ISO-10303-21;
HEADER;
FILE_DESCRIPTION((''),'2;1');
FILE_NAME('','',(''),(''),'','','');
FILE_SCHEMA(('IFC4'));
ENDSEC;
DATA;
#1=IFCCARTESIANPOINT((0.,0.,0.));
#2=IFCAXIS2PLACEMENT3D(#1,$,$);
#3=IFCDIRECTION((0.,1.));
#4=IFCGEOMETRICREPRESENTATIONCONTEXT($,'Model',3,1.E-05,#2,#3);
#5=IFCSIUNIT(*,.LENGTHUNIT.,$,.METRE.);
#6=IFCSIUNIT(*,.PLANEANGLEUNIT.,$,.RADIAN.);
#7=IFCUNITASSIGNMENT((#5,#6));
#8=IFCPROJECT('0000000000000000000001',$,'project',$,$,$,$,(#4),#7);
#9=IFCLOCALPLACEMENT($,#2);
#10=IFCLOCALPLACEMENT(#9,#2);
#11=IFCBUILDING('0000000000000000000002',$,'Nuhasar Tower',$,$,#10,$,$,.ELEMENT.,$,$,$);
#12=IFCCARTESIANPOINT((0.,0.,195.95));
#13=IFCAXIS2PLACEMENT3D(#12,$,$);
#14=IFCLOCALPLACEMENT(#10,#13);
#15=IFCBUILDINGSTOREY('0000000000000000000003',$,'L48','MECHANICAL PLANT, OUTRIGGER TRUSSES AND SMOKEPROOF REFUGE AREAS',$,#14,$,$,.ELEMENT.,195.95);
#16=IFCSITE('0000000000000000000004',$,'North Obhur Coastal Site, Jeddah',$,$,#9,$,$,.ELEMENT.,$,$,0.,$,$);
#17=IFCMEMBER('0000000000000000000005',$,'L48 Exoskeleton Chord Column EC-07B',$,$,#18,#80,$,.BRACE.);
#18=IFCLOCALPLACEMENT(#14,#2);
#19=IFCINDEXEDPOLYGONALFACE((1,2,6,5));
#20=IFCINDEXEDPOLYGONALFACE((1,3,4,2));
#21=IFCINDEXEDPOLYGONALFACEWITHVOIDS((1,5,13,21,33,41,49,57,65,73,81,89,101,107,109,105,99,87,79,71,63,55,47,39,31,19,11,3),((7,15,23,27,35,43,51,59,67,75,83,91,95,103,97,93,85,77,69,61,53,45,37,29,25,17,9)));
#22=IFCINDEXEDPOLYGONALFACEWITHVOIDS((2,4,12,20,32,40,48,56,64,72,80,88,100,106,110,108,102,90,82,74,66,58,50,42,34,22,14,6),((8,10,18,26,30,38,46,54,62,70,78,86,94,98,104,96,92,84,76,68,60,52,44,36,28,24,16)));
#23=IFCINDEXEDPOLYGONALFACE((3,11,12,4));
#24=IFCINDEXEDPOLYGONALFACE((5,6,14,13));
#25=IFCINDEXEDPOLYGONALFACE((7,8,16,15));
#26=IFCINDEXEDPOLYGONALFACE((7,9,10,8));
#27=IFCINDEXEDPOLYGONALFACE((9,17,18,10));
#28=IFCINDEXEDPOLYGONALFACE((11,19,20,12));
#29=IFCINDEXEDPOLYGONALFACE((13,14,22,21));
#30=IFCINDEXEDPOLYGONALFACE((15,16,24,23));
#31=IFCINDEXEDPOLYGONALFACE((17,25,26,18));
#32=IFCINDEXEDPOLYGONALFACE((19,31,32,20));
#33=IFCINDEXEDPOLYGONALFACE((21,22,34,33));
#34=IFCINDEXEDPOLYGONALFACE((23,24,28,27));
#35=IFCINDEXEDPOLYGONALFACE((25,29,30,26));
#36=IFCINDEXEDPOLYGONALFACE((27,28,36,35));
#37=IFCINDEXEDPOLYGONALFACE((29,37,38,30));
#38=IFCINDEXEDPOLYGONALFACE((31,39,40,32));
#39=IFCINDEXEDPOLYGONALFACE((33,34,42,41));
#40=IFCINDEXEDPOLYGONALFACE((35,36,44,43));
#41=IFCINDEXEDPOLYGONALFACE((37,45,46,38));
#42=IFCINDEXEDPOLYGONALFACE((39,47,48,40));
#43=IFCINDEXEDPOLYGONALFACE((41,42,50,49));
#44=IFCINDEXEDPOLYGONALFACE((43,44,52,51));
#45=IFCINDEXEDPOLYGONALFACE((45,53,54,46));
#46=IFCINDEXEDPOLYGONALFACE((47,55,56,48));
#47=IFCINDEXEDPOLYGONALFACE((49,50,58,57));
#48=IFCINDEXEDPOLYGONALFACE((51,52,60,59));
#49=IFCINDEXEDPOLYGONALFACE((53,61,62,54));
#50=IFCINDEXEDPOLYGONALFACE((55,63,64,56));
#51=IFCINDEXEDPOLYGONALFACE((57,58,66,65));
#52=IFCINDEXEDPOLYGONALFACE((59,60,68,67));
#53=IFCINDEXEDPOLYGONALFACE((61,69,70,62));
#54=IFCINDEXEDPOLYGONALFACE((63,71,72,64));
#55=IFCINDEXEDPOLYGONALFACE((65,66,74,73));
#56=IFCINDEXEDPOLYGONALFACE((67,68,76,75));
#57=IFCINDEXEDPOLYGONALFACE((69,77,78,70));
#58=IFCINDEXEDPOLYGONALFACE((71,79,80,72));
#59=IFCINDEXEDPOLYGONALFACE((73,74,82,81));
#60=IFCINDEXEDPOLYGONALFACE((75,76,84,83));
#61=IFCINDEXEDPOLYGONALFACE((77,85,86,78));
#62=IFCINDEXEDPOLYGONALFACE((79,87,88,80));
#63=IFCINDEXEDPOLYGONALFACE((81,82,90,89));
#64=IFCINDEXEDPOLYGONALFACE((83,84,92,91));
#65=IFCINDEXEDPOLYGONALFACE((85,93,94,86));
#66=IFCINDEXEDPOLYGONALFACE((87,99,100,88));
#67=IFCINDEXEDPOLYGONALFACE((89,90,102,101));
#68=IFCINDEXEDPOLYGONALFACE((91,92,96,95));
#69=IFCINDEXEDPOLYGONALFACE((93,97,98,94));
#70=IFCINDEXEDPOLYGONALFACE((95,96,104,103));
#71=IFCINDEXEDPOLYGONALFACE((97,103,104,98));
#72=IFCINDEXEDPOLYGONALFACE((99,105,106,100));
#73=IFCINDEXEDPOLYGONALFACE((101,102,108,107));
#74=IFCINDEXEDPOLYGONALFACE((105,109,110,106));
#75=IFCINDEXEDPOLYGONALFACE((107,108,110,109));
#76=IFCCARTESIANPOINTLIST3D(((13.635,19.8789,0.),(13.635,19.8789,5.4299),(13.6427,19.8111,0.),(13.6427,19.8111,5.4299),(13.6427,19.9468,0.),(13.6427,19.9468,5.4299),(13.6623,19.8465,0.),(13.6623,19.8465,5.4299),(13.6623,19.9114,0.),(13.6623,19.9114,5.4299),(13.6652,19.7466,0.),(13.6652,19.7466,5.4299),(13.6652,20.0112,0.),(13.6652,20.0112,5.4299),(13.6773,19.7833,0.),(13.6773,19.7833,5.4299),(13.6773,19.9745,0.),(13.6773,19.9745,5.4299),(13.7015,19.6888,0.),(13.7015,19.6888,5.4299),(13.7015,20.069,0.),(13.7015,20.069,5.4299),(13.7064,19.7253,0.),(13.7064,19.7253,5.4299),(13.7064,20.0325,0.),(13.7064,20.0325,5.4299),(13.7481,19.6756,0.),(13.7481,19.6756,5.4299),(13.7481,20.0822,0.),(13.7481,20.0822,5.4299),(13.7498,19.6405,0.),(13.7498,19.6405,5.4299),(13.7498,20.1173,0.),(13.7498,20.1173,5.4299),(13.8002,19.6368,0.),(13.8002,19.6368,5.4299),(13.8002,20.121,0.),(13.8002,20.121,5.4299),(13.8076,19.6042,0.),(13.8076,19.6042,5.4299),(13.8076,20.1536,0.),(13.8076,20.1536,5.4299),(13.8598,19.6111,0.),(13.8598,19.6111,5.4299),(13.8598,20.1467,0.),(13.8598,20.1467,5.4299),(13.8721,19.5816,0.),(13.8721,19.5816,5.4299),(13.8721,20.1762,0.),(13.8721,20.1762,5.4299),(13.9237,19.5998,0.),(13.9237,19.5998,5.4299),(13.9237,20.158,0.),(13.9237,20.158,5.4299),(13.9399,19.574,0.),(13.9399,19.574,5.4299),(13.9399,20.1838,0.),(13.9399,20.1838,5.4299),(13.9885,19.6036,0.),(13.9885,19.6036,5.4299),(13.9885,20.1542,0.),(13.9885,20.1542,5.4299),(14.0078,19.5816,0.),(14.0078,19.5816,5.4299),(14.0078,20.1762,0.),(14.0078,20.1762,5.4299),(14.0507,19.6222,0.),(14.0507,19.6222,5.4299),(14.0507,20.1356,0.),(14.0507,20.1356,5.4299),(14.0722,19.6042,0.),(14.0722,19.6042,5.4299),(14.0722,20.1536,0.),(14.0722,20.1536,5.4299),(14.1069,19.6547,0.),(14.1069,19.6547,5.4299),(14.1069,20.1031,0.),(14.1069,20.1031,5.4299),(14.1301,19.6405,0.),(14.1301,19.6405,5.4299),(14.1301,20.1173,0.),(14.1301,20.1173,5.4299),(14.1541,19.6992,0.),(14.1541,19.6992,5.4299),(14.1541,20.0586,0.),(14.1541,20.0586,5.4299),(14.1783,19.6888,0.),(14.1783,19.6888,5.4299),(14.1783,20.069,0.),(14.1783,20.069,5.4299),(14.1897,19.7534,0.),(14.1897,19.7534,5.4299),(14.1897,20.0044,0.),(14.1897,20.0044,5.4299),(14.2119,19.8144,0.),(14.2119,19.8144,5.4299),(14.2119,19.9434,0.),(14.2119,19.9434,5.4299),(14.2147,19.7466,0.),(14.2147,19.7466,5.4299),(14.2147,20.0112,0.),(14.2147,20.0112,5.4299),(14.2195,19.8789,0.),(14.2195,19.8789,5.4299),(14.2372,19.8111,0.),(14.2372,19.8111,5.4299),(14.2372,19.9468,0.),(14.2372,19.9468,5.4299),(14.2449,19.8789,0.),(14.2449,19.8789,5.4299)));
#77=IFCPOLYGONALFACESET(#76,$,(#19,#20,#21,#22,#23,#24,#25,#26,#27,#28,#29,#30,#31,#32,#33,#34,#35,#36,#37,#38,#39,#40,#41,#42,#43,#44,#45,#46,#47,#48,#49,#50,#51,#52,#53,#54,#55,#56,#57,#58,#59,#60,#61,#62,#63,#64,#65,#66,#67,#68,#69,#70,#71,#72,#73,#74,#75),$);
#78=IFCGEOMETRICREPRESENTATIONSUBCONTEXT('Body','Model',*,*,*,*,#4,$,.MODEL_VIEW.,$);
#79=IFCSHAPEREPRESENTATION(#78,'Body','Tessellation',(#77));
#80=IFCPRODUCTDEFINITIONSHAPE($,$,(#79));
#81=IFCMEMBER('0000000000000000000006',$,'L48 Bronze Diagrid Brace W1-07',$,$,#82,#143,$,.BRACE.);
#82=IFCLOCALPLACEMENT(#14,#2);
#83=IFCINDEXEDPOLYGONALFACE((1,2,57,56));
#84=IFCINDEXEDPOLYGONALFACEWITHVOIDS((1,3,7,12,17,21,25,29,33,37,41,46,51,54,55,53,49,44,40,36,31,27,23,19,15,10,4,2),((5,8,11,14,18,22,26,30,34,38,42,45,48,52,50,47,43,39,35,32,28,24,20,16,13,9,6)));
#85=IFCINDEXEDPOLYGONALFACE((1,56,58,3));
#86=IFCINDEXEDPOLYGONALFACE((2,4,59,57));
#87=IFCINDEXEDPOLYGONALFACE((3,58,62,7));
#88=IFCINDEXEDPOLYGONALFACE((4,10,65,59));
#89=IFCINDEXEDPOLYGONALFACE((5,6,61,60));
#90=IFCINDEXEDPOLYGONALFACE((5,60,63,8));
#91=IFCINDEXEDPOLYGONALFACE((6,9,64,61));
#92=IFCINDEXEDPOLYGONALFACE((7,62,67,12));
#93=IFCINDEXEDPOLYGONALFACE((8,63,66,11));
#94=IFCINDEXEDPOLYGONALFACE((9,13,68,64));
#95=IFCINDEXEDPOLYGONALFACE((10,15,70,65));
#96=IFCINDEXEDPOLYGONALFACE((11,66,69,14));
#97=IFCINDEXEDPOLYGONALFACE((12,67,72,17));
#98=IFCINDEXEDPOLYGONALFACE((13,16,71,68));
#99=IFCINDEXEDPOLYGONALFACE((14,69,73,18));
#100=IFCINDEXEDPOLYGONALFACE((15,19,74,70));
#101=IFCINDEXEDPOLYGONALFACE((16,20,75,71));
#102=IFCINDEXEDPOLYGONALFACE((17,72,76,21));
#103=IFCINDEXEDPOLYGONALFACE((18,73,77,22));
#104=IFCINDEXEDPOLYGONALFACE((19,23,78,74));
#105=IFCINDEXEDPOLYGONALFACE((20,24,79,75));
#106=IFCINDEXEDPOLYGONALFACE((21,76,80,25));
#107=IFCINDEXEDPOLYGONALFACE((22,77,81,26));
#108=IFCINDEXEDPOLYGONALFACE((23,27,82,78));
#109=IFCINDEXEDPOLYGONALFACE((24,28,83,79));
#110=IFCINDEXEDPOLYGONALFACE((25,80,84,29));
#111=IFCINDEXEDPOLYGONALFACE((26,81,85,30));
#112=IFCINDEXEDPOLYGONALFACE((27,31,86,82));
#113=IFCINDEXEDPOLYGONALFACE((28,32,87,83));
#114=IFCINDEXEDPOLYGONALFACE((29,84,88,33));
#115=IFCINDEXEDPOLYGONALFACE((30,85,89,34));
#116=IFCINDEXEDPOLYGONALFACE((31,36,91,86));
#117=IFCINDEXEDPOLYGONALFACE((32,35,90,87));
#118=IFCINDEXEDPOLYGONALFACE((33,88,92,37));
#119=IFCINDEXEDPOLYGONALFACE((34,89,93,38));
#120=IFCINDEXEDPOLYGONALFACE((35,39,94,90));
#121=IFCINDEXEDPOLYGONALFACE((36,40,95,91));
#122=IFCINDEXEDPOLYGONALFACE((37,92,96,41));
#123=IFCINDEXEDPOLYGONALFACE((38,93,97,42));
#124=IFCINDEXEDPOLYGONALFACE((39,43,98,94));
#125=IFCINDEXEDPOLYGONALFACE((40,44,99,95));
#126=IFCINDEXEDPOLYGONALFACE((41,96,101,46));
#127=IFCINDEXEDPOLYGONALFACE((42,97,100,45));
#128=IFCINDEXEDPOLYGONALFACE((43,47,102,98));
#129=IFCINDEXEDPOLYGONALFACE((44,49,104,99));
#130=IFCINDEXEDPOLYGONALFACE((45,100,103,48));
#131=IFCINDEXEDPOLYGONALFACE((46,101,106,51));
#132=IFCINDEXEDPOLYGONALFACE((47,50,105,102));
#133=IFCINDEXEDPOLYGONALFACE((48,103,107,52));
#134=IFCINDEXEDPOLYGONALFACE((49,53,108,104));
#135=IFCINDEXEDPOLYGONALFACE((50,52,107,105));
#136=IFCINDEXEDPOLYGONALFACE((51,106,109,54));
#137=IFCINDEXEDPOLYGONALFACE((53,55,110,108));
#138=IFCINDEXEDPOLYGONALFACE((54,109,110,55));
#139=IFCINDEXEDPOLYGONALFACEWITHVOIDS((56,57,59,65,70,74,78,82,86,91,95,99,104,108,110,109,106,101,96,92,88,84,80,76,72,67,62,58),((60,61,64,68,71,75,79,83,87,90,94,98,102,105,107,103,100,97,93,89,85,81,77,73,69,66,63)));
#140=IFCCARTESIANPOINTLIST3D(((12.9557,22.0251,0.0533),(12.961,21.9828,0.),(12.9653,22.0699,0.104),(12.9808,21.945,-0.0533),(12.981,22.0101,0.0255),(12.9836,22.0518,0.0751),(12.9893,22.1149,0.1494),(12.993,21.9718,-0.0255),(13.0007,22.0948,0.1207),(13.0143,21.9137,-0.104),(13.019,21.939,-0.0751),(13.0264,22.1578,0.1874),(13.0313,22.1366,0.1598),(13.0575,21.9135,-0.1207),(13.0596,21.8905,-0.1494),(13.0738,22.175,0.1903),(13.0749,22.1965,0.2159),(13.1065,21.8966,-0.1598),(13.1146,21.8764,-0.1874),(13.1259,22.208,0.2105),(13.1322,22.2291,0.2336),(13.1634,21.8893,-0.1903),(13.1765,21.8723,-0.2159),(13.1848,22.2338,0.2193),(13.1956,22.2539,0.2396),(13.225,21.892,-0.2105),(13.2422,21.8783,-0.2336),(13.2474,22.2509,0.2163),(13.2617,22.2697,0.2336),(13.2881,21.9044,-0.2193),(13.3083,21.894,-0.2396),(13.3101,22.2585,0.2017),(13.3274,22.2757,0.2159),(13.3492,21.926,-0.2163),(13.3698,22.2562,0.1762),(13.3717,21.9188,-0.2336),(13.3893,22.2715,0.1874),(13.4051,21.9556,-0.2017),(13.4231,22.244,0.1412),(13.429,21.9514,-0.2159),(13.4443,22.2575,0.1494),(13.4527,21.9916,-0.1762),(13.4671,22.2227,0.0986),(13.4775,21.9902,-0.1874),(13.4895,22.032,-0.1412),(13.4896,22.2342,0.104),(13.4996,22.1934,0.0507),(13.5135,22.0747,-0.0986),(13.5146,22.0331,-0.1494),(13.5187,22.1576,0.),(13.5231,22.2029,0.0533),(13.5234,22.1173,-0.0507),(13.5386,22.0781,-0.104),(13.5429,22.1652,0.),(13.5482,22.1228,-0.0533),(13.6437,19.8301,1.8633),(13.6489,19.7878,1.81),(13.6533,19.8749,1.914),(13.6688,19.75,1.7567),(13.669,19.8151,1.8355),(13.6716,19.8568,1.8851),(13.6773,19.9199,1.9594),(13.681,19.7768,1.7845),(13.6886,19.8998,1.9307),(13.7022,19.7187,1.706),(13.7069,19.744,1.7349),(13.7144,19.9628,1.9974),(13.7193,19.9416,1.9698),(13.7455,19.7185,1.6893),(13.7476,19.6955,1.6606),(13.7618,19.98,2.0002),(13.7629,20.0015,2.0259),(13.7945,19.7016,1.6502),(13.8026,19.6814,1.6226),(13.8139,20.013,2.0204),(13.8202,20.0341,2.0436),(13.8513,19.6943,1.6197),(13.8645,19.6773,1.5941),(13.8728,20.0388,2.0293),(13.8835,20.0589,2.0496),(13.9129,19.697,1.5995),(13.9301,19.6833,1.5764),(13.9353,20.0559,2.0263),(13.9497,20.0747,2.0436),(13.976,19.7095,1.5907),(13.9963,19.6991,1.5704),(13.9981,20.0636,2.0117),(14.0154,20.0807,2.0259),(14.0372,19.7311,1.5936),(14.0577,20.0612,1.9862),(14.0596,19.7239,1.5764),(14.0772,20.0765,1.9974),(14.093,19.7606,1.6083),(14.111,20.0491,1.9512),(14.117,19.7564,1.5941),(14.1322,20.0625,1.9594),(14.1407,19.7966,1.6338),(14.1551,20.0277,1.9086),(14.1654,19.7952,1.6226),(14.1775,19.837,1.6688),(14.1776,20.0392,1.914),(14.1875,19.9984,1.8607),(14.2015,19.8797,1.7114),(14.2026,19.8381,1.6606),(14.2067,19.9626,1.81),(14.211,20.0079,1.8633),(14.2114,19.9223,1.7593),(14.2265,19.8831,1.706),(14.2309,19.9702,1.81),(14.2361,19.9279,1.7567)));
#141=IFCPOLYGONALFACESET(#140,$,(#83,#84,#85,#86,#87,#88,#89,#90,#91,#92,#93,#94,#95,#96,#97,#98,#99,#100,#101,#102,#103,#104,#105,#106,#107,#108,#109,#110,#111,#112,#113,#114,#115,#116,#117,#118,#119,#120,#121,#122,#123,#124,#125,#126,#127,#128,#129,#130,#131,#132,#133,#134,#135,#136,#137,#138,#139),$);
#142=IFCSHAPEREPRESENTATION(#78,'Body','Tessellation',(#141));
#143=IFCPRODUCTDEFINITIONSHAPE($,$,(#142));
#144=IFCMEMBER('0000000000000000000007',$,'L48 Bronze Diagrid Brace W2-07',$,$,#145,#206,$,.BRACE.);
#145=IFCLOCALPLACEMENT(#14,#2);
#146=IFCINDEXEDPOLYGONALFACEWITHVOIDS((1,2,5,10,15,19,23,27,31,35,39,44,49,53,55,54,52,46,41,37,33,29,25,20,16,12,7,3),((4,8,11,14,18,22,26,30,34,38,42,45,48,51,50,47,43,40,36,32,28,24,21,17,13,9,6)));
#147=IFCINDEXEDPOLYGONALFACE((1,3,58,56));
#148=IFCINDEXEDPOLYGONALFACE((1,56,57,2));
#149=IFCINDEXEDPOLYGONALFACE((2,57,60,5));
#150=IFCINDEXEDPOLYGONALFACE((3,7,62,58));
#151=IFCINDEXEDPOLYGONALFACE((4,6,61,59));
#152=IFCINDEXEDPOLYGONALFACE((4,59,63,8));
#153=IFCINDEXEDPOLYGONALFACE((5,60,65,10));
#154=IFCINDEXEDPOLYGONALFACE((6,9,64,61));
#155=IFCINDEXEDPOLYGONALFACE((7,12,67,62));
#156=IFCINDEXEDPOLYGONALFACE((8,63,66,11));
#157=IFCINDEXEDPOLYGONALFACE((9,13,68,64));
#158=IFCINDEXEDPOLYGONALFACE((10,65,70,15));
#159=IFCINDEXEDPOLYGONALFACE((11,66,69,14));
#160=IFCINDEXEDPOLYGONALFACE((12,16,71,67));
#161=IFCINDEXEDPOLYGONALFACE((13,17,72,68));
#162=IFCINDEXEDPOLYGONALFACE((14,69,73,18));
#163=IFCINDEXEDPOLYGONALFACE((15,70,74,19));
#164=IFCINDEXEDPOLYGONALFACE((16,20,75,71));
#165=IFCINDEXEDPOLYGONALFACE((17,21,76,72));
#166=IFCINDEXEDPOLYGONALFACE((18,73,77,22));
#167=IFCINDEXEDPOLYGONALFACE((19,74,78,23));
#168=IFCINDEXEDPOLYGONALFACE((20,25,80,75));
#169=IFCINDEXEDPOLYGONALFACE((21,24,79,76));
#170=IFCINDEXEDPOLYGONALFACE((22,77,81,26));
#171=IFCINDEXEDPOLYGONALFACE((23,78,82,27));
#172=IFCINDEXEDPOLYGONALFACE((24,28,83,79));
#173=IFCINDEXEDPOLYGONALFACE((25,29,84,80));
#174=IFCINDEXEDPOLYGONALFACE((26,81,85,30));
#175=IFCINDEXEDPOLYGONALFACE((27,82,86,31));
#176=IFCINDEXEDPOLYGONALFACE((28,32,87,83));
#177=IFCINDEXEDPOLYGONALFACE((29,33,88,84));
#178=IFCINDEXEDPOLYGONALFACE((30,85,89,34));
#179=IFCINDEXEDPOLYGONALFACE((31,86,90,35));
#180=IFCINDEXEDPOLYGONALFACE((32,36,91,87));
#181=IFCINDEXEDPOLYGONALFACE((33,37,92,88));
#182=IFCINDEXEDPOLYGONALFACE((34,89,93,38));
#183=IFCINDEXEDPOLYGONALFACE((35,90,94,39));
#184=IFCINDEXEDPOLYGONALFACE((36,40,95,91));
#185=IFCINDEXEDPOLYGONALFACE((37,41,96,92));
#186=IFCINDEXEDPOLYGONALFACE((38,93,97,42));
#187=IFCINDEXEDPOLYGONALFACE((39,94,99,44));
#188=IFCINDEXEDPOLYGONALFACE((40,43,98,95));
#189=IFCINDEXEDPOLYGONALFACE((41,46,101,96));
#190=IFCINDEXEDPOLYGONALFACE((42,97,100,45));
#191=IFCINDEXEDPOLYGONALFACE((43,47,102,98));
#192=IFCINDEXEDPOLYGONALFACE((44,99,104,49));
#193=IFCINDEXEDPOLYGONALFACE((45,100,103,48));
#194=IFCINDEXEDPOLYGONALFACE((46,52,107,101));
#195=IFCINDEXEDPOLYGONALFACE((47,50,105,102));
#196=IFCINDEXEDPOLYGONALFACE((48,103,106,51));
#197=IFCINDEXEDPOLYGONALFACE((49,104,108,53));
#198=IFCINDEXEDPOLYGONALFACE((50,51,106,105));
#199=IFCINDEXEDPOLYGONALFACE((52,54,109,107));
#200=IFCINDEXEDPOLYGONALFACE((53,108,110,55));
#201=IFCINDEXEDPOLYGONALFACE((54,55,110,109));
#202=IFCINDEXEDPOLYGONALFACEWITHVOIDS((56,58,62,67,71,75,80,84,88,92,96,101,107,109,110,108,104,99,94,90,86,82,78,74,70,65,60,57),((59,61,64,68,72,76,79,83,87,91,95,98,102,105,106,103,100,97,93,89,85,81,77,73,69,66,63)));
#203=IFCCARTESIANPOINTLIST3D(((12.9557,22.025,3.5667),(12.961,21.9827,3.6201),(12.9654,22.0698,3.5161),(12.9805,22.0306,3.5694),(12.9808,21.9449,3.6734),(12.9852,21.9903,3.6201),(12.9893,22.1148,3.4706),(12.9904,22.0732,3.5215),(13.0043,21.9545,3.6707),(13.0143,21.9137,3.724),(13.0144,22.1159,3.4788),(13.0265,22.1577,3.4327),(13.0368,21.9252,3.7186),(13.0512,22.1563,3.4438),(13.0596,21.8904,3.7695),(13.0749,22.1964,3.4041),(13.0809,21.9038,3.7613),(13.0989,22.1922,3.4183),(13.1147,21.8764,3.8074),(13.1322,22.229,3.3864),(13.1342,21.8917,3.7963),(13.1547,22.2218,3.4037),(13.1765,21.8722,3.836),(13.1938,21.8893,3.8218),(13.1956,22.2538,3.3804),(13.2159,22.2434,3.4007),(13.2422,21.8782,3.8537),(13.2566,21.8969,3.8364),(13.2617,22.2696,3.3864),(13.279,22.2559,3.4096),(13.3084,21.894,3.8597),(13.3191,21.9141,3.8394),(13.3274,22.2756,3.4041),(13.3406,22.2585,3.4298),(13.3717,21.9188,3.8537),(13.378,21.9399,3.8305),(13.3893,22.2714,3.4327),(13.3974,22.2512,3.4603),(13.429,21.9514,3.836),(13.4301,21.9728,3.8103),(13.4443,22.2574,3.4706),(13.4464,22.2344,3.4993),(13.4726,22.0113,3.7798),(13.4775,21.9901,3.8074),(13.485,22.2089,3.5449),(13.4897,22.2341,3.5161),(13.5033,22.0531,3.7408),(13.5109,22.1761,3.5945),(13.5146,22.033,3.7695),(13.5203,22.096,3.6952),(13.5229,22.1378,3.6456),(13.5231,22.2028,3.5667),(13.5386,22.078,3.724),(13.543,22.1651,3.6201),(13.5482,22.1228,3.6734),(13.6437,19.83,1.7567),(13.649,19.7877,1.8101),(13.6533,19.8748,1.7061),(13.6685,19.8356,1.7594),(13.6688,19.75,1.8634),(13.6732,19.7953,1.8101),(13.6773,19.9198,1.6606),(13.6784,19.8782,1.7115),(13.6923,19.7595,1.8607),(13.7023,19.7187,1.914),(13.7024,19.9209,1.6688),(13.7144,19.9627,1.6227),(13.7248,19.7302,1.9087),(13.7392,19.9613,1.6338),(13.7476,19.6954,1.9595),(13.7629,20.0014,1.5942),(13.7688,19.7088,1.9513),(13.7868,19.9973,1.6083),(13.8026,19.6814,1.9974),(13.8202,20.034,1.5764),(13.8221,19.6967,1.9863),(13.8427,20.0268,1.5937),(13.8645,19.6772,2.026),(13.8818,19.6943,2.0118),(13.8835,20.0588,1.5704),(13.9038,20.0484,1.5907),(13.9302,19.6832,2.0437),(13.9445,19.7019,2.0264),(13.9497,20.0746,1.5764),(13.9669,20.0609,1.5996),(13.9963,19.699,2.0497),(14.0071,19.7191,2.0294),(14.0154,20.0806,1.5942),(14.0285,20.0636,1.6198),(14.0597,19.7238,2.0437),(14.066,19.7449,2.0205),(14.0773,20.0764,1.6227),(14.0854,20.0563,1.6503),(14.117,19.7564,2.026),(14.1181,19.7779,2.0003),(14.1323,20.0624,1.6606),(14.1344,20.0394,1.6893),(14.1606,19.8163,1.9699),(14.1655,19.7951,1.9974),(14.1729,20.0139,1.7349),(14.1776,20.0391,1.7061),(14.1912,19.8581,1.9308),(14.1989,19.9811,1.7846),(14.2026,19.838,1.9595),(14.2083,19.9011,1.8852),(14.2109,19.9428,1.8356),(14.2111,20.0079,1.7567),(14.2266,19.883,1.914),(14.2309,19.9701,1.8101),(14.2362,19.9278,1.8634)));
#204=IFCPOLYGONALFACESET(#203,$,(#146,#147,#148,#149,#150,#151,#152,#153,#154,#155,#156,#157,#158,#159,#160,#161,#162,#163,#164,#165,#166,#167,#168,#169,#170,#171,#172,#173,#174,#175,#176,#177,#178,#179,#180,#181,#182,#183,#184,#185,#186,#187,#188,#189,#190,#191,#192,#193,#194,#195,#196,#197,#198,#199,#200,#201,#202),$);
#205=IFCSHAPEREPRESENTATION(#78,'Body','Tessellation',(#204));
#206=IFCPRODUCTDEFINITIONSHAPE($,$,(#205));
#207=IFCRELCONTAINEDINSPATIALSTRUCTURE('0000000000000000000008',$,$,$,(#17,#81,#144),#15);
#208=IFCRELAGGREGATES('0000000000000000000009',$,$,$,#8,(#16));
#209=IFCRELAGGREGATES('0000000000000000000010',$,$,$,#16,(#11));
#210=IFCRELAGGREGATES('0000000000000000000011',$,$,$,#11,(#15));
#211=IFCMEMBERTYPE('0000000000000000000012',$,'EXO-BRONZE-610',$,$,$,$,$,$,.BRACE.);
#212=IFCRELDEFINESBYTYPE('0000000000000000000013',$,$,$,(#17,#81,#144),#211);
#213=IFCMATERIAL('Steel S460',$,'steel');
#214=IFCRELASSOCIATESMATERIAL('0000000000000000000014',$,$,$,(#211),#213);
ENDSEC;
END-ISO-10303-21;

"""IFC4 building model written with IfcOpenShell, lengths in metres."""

from ifc_helpers import new_model, si_unit, direction, frame, origin, origin_2d, place, context, subcontext, project, spatial, hollow_circle, extrude, material, material_profile, profile_set, type_object, element, save


model = new_model("IFC4")

# Units and contexts
model_context = context("Model", 3, precision=1e-05, world=origin(), true_north=direction((0.0, 1.0)))
body_context = subcontext(model_context, "Body", "Model", "MODEL_VIEW")
ifc_project = project(units=[si_unit("LENGTHUNIT", "METRE"), si_unit("PLANEANGLEUNIT", "RADIAN")], contexts=[model_context])

# Site, building, storey
site_placement = place(None, origin())
site = spatial("IfcSite", under=ifc_project, at=site_placement, Name="North Obhur Coastal Site, Jeddah", CompositionType="ELEMENT", RefElevation=0.0)
building_placement = place(site_placement, origin())
building = spatial("IfcBuilding", under=site, at=building_placement, Name="Nuhasar Tower", CompositionType="ELEMENT")
storey_placement = place(building_placement, frame((0.0, 0.0, 195.95)))
storey = spatial("IfcBuildingStorey", under=building, at=storey_placement, Name="L48", Description="MECHANICAL PLANT, OUTRIGGER TRUSSES AND SMOKEPROOF REFUGE AREAS", CompositionType="ELEMENT", Elevation=195.95)

# Shared definitions
ifc_material_1 = material(Name="Steel S460", Category="steel")

# Members
ifc_material_profile_1 = material_profile(ifc_material_1, hollow_circle(Radius=0.3049, WallThickness=0.0254, at=origin_2d()), Name="HSS610X25.4")
ifc_profile_set_1 = profile_set([ifc_material_profile_1], Name="Steel S460")
member_type_1 = type_object("IfcMemberType", Name="EXO-BRONZE-610", PredefinedType="BRACE", material=ifc_profile_set_1)
for number, where, z_axis, x_axis, name in (
    (1, (13.9399, 19.8789, 0.0), (0.0, 0.0, 1.0), (1.0, 0.0, 0.0), "L48 Exoskeleton Chord Column EC-07B"),
):
    element("IfcMember", number, at=place(storey_placement, frame(where, z_axis=z_axis, x_axis=x_axis)), inside=storey, type_object=member_type_1, Name=name, PredefinedType="BRACE", context=body_context, shape_type="SweptSolid", body=[
        extrude(hollow_circle(Radius=0.3049, WallThickness=0.0254, at=origin_2d()), origin(), (0.0, 0.0, 1.0), 5.4299),
    ])
for number, where, z_axis, x_axis, name in (
    (2, (13.252, 22.074, 0.0), (0.23504, -0.74991, 0.618378), (0.954228, 0.299079, 0.0), "L48 Bronze Diagrid Brace W1-07"),
    (3, (13.9399, 19.8789, 1.8101), (-0.23504, 0.74991, 0.618378), (-0.954228, -0.299079, 0.0), "L48 Bronze Diagrid Brace W2-07"),
):
    element("IfcMember", number, at=place(storey_placement, frame(where, z_axis=z_axis, x_axis=x_axis)), inside=storey, type_object=member_type_1, Name=name, PredefinedType="BRACE", context=body_context, shape_type="SweptSolid", body=[
        extrude(hollow_circle(Radius=0.3049, WallThickness=0.0254, at=origin_2d()), origin(), (0.0, 0.0, 1.0), 2.927),
    ])

save(model, "model.ifc")
